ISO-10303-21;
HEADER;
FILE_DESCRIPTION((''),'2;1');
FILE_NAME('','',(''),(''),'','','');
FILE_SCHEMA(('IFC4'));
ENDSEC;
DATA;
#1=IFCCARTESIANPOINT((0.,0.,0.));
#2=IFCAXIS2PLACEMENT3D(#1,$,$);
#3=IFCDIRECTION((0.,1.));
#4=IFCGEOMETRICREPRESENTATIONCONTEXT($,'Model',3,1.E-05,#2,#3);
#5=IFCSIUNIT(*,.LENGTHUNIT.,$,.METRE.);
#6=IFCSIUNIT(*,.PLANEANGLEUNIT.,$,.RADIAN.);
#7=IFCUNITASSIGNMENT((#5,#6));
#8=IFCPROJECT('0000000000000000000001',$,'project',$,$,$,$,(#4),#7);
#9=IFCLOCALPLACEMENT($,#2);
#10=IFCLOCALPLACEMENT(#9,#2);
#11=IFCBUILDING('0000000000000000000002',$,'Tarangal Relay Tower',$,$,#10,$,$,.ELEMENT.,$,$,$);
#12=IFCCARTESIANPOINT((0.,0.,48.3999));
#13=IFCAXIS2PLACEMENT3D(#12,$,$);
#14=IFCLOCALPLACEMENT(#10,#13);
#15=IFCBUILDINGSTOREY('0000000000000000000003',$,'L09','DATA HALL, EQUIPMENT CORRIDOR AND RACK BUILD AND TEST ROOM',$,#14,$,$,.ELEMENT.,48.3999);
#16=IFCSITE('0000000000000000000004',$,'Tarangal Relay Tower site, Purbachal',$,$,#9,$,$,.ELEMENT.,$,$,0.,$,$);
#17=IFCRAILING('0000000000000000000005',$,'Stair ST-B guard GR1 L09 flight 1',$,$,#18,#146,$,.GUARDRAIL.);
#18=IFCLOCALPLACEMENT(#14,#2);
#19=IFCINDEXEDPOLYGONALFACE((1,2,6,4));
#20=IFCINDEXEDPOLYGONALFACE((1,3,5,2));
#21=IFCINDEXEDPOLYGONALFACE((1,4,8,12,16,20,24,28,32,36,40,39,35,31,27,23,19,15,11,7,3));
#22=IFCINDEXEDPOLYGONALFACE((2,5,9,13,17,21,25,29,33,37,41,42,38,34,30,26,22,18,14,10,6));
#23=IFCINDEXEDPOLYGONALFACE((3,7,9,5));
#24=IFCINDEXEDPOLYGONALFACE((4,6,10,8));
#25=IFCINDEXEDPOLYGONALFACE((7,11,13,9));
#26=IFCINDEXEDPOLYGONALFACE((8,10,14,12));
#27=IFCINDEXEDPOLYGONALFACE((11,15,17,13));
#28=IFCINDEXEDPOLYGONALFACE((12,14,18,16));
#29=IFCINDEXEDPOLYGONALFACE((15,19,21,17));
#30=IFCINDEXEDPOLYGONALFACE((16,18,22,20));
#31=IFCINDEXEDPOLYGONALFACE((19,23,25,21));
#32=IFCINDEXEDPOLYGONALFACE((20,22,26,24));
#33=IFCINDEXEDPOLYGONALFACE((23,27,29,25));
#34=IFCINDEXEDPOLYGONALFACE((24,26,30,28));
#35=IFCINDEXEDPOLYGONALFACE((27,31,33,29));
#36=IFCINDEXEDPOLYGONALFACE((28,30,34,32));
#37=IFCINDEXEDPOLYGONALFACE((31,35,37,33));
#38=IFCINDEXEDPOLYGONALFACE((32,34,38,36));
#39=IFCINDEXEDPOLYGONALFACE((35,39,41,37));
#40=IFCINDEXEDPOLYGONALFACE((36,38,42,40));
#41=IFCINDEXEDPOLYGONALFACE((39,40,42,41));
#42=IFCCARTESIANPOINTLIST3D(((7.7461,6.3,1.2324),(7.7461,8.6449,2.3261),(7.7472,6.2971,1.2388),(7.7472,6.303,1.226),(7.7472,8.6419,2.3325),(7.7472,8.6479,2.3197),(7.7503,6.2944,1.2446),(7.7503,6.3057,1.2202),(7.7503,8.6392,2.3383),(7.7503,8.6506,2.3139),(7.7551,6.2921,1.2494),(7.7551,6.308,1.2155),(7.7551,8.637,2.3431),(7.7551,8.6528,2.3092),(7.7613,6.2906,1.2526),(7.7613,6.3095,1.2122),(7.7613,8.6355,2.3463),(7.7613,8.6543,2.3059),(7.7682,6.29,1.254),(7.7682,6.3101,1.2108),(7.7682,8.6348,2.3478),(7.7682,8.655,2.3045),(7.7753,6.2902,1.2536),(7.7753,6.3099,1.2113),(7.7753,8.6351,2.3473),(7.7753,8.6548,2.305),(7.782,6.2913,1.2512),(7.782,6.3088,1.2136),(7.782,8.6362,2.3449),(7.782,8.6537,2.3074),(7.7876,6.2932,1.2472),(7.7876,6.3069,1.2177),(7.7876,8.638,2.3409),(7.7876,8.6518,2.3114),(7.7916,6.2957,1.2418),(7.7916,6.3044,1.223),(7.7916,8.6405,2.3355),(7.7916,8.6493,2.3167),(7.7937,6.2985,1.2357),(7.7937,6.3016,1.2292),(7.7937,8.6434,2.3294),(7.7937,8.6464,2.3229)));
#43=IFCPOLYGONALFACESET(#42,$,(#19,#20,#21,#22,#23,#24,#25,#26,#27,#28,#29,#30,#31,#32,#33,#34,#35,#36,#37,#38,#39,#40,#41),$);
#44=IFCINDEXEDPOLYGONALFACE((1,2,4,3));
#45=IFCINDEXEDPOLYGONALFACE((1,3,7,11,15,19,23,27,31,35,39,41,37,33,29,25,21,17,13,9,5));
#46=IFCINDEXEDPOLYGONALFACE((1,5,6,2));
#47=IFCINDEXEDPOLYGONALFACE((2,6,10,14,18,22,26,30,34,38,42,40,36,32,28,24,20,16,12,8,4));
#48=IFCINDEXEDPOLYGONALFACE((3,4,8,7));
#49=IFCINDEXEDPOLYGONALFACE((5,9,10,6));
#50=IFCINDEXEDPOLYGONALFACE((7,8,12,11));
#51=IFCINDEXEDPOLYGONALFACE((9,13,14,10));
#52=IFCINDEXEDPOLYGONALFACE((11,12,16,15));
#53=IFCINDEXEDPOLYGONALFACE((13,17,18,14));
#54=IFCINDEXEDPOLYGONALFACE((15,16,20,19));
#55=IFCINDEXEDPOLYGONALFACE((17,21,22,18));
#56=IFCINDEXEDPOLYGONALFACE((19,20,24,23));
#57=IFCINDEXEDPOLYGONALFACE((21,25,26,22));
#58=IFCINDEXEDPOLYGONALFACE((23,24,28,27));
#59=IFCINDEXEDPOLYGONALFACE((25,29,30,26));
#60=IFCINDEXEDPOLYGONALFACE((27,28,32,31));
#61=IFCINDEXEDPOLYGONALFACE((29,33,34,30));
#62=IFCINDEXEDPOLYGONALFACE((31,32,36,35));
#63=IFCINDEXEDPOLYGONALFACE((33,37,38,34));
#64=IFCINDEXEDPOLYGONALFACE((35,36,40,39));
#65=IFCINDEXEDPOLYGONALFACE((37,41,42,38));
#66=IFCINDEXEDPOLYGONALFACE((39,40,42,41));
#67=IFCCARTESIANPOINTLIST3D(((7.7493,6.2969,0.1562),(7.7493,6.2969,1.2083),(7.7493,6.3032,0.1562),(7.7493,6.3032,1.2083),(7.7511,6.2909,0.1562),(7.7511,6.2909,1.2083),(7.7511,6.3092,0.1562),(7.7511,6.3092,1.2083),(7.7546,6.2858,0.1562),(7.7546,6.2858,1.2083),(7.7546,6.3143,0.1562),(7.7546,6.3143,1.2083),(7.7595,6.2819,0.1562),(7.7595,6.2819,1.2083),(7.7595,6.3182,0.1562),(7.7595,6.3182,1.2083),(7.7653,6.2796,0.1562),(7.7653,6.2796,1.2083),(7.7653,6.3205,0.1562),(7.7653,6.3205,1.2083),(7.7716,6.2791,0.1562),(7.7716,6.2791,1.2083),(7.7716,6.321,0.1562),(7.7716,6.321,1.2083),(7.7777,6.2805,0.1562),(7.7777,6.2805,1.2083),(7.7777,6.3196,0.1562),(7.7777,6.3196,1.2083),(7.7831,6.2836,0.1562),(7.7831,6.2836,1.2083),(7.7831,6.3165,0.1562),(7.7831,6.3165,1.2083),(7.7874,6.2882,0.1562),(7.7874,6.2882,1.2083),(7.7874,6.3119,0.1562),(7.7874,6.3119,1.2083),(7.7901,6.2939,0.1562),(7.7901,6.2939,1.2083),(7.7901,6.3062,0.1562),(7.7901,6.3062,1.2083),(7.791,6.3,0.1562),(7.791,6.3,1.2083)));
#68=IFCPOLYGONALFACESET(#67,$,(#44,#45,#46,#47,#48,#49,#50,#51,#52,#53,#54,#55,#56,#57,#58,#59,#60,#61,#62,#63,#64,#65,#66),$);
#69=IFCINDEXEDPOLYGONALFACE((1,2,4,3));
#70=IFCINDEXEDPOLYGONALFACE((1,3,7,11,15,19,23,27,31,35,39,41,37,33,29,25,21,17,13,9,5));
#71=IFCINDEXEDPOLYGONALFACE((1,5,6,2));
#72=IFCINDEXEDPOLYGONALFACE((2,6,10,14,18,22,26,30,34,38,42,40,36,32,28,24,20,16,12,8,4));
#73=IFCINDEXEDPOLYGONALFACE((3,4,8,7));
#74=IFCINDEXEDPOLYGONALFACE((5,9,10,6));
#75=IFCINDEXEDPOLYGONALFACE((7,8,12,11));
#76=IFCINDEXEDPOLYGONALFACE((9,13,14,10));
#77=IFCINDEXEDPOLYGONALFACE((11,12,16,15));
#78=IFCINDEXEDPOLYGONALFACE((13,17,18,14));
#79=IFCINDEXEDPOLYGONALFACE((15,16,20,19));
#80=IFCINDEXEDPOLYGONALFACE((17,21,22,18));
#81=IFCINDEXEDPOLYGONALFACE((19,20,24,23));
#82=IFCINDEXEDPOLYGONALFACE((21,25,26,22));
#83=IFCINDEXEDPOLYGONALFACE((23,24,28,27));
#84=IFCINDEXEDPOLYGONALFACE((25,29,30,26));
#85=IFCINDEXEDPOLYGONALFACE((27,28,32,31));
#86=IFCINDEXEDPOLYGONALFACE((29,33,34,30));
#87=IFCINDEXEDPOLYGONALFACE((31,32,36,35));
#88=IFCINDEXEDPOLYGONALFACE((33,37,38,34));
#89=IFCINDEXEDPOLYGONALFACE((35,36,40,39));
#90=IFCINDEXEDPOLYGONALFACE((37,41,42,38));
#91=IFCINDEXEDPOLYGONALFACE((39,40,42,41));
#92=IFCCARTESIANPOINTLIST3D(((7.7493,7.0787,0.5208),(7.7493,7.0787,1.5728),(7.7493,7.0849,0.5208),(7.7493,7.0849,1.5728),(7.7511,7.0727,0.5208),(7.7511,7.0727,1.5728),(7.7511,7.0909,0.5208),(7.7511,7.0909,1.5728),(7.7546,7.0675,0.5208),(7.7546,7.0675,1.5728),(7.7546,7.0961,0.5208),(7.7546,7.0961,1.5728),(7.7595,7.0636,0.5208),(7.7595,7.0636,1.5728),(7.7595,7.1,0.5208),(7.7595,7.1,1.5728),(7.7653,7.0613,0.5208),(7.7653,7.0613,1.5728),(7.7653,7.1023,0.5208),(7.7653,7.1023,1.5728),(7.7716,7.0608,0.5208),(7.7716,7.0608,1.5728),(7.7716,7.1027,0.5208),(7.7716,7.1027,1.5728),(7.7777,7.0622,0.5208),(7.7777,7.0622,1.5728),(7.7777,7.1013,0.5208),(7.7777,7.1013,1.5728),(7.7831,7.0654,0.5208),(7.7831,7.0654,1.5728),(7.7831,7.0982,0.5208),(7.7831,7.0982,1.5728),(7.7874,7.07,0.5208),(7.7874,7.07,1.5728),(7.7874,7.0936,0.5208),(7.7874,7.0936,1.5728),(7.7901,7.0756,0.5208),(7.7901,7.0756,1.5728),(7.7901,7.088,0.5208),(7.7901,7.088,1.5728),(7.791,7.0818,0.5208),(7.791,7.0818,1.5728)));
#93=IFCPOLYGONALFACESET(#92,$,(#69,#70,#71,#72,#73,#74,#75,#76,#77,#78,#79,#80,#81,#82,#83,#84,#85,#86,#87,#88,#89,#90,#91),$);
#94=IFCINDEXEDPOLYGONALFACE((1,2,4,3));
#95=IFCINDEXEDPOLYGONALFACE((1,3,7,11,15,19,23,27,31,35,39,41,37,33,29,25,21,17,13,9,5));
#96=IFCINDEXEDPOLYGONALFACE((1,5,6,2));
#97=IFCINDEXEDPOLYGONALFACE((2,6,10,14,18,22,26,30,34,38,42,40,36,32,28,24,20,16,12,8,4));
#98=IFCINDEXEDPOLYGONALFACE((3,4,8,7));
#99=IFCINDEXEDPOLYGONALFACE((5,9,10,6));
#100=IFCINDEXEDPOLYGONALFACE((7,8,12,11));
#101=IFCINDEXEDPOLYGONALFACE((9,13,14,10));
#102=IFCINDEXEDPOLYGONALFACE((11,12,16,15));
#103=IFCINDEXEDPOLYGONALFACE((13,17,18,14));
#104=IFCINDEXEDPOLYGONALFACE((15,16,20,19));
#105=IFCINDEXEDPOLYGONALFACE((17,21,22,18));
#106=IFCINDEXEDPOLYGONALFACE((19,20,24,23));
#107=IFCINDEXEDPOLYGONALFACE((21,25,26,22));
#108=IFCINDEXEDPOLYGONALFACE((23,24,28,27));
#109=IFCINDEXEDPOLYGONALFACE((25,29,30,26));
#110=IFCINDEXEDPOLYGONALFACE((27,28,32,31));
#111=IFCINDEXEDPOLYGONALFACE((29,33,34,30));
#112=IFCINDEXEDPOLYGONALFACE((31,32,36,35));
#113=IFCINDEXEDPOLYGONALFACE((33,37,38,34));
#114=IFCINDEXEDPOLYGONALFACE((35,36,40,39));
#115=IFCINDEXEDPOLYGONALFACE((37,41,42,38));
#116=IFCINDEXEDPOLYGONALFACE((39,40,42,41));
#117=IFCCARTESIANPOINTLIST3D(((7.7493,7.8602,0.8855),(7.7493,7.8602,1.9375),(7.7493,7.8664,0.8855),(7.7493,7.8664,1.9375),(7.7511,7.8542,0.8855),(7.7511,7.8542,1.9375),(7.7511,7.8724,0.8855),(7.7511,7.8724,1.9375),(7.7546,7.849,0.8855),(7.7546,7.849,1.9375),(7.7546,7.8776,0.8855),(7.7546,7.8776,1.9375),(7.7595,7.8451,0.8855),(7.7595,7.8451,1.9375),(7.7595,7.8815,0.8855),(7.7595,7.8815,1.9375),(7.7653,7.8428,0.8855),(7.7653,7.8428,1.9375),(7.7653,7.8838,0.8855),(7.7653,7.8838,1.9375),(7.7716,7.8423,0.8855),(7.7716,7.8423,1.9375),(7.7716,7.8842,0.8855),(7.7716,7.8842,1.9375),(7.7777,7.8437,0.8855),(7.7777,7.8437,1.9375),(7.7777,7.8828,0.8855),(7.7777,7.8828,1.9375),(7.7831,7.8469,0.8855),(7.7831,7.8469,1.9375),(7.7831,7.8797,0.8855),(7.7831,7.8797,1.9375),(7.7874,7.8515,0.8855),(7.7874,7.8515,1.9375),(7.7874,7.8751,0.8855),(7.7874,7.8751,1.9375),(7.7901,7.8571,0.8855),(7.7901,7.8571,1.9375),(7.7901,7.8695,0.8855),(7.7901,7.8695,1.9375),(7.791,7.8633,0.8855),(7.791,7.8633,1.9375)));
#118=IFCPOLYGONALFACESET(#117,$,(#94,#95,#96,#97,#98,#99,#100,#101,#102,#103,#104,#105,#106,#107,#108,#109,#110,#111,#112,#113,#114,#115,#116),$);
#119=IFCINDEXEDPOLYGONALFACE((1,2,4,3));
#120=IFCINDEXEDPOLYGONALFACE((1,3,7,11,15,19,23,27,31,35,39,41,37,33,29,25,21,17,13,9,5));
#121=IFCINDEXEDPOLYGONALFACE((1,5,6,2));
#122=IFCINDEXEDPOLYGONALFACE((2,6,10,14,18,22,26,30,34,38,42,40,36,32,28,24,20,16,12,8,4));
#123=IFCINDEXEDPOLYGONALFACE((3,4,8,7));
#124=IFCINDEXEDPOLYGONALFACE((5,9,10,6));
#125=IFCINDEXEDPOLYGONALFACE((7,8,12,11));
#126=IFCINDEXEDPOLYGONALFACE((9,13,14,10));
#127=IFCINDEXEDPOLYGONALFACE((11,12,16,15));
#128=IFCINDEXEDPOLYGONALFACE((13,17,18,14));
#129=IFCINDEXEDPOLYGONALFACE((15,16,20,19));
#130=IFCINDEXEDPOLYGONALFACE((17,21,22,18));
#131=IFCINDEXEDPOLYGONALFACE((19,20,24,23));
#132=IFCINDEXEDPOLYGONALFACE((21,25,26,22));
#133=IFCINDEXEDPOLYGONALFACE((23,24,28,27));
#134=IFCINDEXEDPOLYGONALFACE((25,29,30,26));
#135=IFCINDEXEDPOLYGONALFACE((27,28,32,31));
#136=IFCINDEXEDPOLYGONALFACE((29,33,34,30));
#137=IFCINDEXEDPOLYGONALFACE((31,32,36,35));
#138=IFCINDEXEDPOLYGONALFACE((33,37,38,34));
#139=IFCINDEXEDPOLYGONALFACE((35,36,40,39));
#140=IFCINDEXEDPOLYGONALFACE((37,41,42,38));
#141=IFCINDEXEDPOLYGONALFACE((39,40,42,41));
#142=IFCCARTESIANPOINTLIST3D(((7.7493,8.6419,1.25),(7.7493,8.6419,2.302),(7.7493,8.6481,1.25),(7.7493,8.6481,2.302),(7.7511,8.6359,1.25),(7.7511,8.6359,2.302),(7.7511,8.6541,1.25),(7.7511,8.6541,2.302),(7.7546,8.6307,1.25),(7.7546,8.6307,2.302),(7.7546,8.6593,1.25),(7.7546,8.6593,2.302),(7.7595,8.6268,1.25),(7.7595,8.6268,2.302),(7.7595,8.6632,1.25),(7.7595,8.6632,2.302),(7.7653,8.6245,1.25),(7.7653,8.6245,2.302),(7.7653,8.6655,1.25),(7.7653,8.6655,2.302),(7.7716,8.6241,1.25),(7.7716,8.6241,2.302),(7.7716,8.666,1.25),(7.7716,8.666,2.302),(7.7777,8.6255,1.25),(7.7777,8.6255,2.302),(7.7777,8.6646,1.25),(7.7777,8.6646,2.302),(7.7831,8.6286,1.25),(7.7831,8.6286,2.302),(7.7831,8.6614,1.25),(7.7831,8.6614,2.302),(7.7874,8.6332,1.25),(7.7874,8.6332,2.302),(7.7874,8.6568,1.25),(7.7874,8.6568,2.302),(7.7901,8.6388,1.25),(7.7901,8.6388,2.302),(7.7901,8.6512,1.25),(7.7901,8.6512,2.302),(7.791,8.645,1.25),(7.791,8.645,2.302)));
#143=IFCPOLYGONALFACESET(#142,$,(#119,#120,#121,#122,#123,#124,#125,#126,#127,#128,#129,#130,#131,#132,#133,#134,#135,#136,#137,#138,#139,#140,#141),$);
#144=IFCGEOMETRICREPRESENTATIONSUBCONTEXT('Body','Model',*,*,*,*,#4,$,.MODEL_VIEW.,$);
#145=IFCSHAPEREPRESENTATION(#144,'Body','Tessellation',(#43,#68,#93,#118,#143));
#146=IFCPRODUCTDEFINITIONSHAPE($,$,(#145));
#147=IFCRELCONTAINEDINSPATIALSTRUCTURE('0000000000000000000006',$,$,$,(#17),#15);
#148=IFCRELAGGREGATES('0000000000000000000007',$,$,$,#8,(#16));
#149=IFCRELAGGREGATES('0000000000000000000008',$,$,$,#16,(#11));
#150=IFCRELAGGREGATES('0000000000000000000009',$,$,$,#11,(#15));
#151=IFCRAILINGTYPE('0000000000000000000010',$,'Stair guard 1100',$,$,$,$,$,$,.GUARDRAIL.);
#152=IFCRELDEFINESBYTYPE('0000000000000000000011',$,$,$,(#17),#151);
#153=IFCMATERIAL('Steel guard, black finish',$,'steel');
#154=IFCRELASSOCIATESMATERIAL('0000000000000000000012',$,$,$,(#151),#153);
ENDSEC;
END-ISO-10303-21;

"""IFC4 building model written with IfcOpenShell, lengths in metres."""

from ifc_helpers import new_model, si_unit, direction, frame, origin, origin_2d, place, context, subcontext, project, spatial, circle, extrude, material, type_object, element, save


model = new_model("IFC4")

# Units and contexts
model_context = context("Model", 3, precision=1e-05, world=origin(), true_north=direction((0.0, 1.0)))
body_context = subcontext(model_context, "Body", "Model", "MODEL_VIEW")
ifc_project = project(units=[si_unit("LENGTHUNIT", "METRE"), si_unit("PLANEANGLEUNIT", "RADIAN")], contexts=[model_context])

# Site, building, storey
site_placement = place(None, origin())
site = spatial("IfcSite", under=ifc_project, at=site_placement, Name="Tarangal Relay Tower site, Purbachal", CompositionType="ELEMENT", RefElevation=0.0)
building_placement = place(site_placement, origin())
building = spatial("IfcBuilding", under=site, at=building_placement, Name="Tarangal Relay Tower", CompositionType="ELEMENT")
storey_placement = place(building_placement, frame((0.0, 0.0, 48.3999)))
storey = spatial("IfcBuildingStorey", under=building, at=storey_placement, Name="L09", Description="DATA HALL, EQUIPMENT CORRIDOR AND RACK BUILD AND TEST ROOM", CompositionType="ELEMENT", Elevation=48.3999)

# Railing
ifc_material_1 = material(Name="Steel guard, black finish", Category="steel")
railing_type_1 = type_object("IfcRailingType", Name="Stair guard 1100", PredefinedType="GUARDRAIL", material=ifc_material_1)
railing_1_placement = place(storey_placement, frame((7.77, 6.3, 0.1562)))
element("IfcRailing", 1, at=railing_1_placement, inside=storey, type_object=railing_type_1, Name="Stair ST-B guard GR1 L09 flight 1", PredefinedType="GUARDRAIL", context=body_context, shape_type="SweptSolid", body=[
    extrude(circle(Radius=0.0239, at=origin_2d()), frame((0.0, 0.0, 1.0762), z_axis=(0.0, 0.906267, 0.422705), x_axis=(-1.0, 0.0, 0.0)), (0.0, 0.0, 1.0), 2.5874),
    extrude(circle(Radius=0.021, at=origin_2d()), origin(), (0.0, 0.0, 1.0), 1.052),
    extrude(circle(Radius=0.021, at=origin_2d()), frame((0.0, 0.7817, 0.3645)), (0.0, 0.0, 1.0), 1.052),
    extrude(circle(Radius=0.021, at=origin_2d()), frame((0.0, 1.5632, 0.7292)), (0.0, 0.0, 1.0), 1.052),
    extrude(circle(Radius=0.021, at=origin_2d()), frame((0.0, 2.345, 1.0938)), (0.0, 0.0, 1.0), 1.052),
])

save(model, "model.ifc")
